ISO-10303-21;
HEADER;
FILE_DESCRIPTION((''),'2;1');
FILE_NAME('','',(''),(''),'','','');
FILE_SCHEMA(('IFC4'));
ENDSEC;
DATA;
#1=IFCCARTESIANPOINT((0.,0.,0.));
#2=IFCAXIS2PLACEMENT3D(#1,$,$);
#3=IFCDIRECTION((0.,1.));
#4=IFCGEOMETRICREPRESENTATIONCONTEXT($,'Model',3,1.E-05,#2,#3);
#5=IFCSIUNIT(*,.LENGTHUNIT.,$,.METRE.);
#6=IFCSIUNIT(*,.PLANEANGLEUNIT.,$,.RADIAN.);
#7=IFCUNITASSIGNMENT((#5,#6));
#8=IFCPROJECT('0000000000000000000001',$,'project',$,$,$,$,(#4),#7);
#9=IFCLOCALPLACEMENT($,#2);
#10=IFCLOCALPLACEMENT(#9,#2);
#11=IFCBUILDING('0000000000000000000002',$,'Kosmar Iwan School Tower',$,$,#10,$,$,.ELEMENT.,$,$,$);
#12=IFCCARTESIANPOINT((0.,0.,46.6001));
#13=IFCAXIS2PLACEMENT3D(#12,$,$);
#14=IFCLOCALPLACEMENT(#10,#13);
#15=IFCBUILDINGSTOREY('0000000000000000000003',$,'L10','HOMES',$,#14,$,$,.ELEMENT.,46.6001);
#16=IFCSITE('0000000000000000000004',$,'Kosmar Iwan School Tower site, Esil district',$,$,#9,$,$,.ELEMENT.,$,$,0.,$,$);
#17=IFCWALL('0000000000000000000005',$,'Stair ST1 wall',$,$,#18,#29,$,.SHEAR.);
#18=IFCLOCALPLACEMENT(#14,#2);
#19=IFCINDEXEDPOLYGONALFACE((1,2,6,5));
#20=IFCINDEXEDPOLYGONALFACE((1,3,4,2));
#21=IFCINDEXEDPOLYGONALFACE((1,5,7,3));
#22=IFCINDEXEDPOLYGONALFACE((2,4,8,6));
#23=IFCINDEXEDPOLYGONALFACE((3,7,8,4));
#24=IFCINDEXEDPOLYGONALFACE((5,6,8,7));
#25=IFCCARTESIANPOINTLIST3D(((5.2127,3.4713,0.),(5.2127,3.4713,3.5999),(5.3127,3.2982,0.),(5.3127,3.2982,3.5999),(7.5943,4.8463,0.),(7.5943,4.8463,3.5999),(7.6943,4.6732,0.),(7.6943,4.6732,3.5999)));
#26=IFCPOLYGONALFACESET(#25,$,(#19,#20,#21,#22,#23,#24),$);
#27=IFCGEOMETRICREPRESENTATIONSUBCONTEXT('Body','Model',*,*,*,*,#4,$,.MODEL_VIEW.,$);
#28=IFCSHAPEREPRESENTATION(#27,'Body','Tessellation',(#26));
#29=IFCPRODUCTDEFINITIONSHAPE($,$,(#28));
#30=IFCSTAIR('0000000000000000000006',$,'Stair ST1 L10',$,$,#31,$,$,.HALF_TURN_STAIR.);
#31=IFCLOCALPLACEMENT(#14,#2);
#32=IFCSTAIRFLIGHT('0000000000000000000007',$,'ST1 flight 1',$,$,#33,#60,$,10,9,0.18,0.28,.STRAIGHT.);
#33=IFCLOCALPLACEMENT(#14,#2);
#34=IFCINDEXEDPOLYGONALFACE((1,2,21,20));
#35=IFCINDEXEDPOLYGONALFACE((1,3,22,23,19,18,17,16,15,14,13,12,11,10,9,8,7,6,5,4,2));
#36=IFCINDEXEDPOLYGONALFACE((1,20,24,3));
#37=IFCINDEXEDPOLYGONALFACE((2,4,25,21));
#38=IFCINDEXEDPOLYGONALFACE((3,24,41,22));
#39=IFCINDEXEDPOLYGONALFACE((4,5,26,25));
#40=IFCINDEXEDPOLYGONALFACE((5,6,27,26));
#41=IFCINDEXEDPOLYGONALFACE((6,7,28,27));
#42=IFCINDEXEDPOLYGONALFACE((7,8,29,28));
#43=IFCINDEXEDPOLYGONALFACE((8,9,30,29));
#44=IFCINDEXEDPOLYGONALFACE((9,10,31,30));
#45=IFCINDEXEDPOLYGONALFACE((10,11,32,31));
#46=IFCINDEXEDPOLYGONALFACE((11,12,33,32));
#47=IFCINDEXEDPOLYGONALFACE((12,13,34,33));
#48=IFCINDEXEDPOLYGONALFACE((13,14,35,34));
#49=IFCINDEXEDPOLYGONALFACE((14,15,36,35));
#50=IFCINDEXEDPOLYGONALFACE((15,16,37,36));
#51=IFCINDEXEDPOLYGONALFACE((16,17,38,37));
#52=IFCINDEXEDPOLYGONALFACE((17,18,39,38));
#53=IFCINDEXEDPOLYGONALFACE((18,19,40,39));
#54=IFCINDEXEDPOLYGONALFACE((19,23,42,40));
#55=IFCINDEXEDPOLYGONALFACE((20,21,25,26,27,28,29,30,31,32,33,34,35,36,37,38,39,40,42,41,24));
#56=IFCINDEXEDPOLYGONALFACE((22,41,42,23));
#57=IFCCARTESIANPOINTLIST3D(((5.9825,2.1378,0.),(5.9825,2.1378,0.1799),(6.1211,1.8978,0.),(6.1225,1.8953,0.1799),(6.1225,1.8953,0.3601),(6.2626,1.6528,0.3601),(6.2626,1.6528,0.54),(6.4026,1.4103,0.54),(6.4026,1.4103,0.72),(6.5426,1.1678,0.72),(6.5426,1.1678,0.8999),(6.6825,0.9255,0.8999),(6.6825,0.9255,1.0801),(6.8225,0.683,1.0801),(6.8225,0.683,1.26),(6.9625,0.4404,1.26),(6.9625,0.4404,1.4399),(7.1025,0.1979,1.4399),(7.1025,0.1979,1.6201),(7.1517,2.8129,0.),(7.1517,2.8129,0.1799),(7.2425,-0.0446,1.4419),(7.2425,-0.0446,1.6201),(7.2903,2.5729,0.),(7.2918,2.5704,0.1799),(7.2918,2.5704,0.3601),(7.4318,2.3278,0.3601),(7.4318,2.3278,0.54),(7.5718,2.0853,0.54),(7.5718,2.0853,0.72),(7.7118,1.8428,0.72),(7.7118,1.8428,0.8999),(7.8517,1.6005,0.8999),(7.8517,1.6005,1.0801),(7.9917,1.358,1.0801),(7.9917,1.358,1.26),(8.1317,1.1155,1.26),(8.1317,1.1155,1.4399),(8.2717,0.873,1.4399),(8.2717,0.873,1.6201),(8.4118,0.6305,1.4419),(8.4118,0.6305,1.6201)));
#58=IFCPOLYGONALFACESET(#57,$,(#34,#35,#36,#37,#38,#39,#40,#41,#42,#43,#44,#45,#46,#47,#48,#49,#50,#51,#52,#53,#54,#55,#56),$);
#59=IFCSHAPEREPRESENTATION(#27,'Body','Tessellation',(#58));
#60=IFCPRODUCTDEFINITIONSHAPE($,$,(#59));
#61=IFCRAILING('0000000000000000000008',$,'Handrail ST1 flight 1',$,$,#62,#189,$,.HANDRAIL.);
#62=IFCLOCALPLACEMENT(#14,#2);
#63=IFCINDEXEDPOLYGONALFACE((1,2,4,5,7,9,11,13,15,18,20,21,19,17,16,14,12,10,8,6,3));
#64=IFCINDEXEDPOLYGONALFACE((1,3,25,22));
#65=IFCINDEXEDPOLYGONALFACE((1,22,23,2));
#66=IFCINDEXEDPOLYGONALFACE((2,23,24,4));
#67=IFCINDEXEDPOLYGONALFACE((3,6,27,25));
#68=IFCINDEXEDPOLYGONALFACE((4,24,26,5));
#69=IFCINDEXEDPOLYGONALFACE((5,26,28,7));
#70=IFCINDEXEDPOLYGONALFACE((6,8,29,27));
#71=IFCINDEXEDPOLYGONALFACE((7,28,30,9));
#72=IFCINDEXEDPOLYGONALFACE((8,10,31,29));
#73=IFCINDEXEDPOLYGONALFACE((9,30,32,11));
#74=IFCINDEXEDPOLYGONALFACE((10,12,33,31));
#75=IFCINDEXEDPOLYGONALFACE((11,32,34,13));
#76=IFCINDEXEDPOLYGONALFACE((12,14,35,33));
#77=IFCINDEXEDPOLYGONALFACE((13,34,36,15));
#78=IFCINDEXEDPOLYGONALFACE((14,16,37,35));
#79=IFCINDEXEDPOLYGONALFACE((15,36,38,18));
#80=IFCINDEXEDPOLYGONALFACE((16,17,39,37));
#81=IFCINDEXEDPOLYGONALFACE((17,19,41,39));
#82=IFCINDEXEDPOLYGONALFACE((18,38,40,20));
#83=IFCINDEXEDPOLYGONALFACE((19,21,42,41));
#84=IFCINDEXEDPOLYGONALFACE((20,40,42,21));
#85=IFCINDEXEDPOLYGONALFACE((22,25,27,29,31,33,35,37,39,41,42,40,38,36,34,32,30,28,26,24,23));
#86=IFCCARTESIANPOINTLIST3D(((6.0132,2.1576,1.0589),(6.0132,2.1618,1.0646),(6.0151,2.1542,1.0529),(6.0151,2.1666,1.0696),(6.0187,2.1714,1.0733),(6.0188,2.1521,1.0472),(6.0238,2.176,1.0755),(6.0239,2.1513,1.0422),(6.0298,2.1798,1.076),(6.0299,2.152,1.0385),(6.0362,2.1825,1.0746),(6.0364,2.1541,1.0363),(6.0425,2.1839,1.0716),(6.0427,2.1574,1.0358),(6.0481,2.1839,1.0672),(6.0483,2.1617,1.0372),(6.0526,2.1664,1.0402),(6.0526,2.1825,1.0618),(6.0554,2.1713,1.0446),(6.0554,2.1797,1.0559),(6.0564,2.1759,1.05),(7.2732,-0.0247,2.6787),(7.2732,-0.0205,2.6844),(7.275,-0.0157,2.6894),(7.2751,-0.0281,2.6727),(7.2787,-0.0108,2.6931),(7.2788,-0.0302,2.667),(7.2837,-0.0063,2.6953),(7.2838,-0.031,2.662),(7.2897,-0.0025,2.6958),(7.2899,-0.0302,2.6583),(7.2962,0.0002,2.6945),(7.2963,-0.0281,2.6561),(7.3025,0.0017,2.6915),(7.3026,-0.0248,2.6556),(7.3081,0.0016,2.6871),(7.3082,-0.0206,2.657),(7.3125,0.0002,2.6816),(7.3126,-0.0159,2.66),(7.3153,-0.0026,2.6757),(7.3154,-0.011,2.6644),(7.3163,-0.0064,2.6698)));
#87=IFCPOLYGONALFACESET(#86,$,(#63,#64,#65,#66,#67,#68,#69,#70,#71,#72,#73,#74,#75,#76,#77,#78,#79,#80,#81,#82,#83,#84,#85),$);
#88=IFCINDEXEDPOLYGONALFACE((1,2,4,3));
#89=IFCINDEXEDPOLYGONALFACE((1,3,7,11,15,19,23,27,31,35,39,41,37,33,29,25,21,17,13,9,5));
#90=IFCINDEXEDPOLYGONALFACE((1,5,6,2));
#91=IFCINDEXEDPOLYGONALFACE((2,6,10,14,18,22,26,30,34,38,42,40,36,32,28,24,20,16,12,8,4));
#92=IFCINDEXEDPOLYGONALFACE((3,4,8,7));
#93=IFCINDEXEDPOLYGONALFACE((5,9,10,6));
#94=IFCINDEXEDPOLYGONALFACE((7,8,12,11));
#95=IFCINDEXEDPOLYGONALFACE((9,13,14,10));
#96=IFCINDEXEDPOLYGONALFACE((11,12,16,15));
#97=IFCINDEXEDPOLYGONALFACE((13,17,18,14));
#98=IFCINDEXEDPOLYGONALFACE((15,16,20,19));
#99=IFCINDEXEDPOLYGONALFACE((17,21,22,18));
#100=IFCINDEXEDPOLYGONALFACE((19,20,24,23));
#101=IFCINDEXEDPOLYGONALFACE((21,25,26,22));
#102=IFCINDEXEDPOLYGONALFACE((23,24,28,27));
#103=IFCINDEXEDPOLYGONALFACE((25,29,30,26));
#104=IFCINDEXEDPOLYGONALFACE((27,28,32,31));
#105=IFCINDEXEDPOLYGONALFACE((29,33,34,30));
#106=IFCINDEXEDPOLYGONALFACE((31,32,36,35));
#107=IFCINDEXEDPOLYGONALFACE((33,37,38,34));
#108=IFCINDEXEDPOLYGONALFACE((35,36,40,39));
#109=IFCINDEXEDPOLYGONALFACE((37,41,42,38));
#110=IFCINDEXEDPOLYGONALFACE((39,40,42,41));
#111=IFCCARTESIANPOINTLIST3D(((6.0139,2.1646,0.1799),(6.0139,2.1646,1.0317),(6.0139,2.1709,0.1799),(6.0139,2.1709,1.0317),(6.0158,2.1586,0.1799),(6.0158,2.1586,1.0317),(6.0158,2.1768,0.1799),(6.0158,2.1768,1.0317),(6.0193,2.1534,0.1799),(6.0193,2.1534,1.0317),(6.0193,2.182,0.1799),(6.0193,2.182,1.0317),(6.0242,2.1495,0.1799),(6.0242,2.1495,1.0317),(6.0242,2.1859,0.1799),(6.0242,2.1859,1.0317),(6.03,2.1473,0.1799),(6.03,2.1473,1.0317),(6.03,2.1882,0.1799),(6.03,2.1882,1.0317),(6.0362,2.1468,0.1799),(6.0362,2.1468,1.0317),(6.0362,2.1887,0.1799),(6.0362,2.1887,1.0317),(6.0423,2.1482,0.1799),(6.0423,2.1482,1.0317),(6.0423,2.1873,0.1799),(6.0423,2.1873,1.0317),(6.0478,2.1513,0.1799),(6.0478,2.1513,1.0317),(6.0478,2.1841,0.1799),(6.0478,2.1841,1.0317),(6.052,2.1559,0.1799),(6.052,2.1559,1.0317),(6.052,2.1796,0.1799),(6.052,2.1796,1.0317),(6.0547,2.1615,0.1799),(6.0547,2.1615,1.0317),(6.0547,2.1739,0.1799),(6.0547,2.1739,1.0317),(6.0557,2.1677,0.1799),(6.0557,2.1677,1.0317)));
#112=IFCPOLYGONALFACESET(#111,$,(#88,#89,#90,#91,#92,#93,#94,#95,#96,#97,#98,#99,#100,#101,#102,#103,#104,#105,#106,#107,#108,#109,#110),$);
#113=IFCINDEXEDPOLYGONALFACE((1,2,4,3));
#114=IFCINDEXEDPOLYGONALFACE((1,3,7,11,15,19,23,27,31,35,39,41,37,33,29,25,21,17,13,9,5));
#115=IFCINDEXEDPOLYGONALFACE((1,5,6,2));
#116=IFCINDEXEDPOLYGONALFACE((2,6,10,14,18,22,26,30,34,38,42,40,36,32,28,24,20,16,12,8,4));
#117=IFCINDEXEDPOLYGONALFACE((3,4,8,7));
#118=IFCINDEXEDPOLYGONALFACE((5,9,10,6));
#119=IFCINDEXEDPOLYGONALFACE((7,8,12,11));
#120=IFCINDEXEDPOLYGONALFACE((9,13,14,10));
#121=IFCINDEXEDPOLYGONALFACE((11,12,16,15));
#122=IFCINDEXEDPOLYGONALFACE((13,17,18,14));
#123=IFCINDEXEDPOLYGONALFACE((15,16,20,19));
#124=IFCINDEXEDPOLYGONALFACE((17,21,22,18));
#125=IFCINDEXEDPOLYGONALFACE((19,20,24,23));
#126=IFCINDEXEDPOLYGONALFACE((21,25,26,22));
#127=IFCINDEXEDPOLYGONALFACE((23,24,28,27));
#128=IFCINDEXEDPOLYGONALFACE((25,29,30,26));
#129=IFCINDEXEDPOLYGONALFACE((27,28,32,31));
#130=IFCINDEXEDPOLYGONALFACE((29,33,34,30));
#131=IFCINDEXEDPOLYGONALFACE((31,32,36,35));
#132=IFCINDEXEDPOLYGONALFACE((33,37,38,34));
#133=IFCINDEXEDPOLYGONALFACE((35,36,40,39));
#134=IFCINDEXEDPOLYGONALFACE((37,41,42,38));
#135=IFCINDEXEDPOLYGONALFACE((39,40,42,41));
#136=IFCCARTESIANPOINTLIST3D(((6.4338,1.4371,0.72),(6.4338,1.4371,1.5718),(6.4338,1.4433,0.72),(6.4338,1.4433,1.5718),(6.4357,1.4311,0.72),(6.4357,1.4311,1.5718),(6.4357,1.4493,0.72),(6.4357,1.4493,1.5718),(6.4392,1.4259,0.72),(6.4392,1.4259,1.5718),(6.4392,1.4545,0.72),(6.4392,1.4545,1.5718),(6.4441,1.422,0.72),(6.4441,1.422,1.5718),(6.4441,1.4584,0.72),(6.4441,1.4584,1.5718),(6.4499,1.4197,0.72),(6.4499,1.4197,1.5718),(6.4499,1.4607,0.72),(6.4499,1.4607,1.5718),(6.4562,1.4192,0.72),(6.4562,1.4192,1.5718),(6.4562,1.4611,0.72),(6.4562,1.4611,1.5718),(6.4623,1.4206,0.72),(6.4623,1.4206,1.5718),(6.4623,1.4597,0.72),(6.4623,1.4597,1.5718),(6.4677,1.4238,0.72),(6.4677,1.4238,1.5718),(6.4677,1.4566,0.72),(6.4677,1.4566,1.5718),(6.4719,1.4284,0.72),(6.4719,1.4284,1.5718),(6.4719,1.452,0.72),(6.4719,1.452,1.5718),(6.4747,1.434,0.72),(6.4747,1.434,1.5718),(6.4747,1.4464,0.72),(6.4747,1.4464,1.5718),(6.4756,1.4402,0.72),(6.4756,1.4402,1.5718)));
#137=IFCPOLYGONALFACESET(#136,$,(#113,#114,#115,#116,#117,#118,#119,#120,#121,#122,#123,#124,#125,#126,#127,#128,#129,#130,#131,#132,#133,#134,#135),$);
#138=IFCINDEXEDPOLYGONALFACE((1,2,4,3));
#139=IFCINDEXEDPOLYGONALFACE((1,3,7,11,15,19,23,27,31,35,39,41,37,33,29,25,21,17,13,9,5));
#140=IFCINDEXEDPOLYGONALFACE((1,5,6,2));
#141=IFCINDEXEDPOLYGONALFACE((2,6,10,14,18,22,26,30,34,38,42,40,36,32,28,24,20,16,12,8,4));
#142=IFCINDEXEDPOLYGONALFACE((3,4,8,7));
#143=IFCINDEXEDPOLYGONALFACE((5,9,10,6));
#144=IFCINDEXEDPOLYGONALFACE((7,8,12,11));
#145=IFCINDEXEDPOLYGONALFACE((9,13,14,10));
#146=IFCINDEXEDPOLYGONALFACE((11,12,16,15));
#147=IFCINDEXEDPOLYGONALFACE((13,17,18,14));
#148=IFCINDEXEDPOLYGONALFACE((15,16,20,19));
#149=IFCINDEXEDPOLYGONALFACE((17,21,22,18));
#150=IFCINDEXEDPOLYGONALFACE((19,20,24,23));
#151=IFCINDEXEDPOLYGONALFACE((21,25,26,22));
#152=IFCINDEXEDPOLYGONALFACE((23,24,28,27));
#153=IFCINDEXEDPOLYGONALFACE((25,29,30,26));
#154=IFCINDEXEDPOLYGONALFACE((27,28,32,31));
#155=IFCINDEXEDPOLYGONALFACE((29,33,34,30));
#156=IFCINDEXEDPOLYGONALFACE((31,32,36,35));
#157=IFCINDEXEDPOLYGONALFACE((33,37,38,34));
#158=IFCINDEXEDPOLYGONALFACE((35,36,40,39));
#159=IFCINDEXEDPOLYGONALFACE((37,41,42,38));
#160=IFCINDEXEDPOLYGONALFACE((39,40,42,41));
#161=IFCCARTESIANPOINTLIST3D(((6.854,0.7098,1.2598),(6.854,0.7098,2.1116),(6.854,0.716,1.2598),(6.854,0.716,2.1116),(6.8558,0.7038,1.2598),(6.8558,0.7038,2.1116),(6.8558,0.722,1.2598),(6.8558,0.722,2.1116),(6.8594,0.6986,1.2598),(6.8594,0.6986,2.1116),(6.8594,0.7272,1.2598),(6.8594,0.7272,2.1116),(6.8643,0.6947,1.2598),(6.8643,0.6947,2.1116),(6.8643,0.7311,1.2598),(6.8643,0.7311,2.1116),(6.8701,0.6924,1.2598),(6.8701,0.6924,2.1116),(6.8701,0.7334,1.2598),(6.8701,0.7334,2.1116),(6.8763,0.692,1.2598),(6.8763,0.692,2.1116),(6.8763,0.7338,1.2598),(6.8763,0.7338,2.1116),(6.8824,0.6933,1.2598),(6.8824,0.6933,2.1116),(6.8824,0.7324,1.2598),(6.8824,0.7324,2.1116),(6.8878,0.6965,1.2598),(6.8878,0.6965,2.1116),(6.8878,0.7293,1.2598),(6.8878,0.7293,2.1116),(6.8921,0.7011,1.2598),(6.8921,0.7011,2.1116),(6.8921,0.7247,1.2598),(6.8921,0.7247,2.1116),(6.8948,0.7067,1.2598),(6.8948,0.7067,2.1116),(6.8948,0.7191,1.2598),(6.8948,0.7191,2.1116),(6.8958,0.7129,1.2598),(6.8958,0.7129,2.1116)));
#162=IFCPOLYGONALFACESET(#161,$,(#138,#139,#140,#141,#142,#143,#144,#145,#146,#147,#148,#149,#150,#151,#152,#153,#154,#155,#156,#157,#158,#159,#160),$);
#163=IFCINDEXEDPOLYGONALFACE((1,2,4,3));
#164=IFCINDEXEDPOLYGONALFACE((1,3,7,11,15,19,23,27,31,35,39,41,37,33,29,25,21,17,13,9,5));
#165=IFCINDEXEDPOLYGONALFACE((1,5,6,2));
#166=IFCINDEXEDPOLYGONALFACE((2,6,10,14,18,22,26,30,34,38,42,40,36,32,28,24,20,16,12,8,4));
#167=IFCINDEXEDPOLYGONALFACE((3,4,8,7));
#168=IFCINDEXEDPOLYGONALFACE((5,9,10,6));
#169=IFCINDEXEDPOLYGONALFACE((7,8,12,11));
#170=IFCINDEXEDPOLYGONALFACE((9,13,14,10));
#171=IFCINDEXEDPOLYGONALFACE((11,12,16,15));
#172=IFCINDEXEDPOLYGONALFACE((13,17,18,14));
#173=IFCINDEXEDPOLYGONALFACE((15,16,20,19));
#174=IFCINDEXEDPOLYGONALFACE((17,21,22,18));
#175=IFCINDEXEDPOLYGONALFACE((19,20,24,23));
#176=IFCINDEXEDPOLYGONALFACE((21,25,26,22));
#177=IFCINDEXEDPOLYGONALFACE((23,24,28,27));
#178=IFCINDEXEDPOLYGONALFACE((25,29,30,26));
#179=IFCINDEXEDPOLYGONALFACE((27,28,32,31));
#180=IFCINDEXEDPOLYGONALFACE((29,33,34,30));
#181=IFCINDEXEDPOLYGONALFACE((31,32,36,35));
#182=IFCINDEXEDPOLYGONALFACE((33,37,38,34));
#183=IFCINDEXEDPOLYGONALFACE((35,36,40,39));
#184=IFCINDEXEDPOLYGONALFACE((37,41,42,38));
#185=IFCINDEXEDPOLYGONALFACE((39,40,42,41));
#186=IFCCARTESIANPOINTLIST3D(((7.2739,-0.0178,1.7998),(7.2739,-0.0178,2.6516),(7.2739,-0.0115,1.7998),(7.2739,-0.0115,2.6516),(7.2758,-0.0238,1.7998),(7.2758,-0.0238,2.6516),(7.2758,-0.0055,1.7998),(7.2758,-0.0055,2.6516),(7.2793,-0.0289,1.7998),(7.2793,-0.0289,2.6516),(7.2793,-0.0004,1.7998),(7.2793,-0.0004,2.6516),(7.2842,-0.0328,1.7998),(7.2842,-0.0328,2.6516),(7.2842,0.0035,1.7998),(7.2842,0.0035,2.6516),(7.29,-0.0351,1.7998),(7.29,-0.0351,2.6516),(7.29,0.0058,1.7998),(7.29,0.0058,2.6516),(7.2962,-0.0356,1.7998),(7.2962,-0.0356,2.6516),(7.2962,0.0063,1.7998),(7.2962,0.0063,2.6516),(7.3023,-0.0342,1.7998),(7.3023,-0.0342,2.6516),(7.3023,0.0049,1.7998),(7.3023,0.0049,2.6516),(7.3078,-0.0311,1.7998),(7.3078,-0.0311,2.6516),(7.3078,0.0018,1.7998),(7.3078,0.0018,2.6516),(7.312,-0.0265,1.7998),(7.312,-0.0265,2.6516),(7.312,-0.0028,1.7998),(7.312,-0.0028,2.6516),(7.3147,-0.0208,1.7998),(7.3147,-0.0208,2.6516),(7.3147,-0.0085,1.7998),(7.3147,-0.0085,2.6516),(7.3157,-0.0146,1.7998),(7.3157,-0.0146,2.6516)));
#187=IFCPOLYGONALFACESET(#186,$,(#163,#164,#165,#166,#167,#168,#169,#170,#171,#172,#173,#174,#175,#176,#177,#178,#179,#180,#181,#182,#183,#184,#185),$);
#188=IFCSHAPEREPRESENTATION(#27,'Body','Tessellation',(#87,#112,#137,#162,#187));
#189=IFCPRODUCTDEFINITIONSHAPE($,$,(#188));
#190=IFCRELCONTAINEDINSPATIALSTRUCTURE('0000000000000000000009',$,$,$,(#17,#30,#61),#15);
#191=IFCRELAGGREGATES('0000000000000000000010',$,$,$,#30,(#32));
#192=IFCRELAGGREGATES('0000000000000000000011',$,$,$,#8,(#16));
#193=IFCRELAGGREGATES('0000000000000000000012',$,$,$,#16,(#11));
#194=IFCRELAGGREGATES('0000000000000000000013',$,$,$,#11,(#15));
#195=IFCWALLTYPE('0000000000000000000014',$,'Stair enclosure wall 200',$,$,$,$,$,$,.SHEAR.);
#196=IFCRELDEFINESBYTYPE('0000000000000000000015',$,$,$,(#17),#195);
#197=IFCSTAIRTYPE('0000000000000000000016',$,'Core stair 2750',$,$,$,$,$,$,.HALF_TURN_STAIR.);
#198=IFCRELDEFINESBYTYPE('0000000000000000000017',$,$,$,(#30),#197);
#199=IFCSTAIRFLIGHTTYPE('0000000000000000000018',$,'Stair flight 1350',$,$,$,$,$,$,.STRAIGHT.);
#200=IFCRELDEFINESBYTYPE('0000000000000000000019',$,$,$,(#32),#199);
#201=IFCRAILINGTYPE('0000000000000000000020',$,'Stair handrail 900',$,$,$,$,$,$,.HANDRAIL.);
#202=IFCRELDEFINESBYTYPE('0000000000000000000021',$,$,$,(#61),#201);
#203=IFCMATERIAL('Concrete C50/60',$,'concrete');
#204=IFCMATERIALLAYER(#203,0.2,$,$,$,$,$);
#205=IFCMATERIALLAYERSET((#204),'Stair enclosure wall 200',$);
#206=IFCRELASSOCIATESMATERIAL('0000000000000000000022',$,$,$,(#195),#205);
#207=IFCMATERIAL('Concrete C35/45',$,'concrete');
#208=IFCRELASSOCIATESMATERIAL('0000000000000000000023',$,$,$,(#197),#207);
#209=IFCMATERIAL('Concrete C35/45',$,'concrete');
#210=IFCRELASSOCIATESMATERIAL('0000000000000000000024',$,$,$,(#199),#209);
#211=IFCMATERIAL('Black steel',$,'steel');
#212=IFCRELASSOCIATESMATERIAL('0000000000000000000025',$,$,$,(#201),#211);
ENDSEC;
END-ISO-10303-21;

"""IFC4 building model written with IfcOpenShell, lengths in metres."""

from ifc_helpers import new_model, si_unit, direction, frame, frame_2d, origin, origin_2d, place, context, subcontext, project, spatial, polyline, rectangle, circle, outline, extrude, material, layer, layer_set, type_object, element, aggregate, save


model = new_model("IFC4")

# Units and contexts
model_context = context("Model", 3, precision=1e-05, world=origin(), true_north=direction((0.0, 1.0)))
body_context = subcontext(model_context, "Body", "Model", "MODEL_VIEW")
ifc_project = project(units=[si_unit("LENGTHUNIT", "METRE"), si_unit("PLANEANGLEUNIT", "RADIAN")], contexts=[model_context])

# Site, building, storey
site_placement = place(None, origin())
site = spatial("IfcSite", under=ifc_project, at=site_placement, Name="Kosmar Iwan School Tower site, Esil district", CompositionType="ELEMENT", RefElevation=0.0)
building_placement = place(site_placement, origin())
building = spatial("IfcBuilding", under=site, at=building_placement, Name="Kosmar Iwan School Tower", CompositionType="ELEMENT")
storey_placement = place(building_placement, frame((0.0, 0.0, 46.6001)))
storey = spatial("IfcBuildingStorey", under=building, at=storey_placement, Name="L10", Description="HOMES", CompositionType="ELEMENT", Elevation=46.6001)

# Wall
ifc_material_1 = material(Name="Concrete C50/60", Category="concrete")
ifc_layer_1 = layer(ifc_material_1, 0.2)
ifc_layer_set_1 = layer_set([ifc_layer_1], Name="Stair enclosure wall 200")
wall_type_1 = type_object("IfcWallType", Name="Stair enclosure wall 200", PredefinedType="SHEAR", material=ifc_layer_set_1)
wall_1_placement = place(storey_placement, frame((5.2627, 3.3848, 0.0), z_axis=(0.0, 0.0, 1.0), x_axis=(0.866027, 0.499997, 0.0)))
element("IfcWall", 1, at=wall_1_placement, inside=storey, type_object=wall_type_1, Name="Stair ST1 wall", PredefinedType="SHEAR", context=body_context, shape_type="SweptSolid", body=[
    extrude(rectangle(XDim=2.75, YDim=0.2, at=frame_2d((1.375, 0.0))), origin(), (0.0, 0.0, 1.0), 3.5999),
])

# Stair, stair flight
ifc_material_2 = material(Name="Concrete C35/45", Category="concrete")
stair_type_1 = type_object("IfcStairType", Name="Core stair 2750", PredefinedType="HALF_TURN_STAIR", material=ifc_material_2)
stair_1_placement = place(storey_placement, origin())
stair_1 = element("IfcStair", 2, at=stair_1_placement, inside=storey, type_object=stair_type_1, Name="Stair ST1 L10", PredefinedType="HALF_TURN_STAIR")
ifc_material_3 = material(Name="Concrete C35/45", Category="concrete")
stair_flight_type = type_object("IfcStairFlightType", Name="Stair flight 1350", PredefinedType="STRAIGHT", material=ifc_material_3)
stair_flight_placement = place(storey_placement, frame((6.5671, 2.4753, 0.0), z_axis=(0.0, 0.0, 1.0), x_axis=(0.5, -0.866025, 0.0)))
stair_flight = element("IfcStairFlight", 3, at=stair_flight_placement, type_object=stair_flight_type, Name="ST1 flight 1", NumberOfRisers=10, NumberOfTreads=9, PredefinedType="STRAIGHT", RiserHeight=0.18, TreadLength=0.28, context=body_context, shape_type="SweptSolid", body=[
    extrude(outline(polyline([(0.0, 0.0), (0.0, 0.1799), (0.28, 0.1799), (0.28, 0.3601), (0.5601, 0.3601), (0.5601, 0.54), (0.8401, 0.54), (0.8401, 0.72), (1.1201, 0.72), (1.1201, 0.8999), (1.3999, 0.8999), (1.3999, 1.0801), (1.6799, 1.0801), (1.6799, 1.26), (1.96, 1.26), (1.96, 1.4399), (2.24, 1.4399), (2.24, 1.6201), (2.52, 1.6201), (2.52, 1.8), (2.52, 1.4419), (0.2771, 0.0), (0.0, 0.0)])), frame((0.0, 0.675, 0.0), z_axis=(0.0, -1.0, 0.0), x_axis=(1.0, 0.0, 0.0)), (0.0, 0.0, 1.0), 1.3501),
])
aggregate(stair_1, [stair_flight])

# Railing
ifc_material_4 = material(Name="Black steel", Category="steel")
railing_type = type_object("IfcRailingType", Name="Stair handrail 900", PredefinedType="HANDRAIL", material=ifc_material_4)
railing_placement = place(storey_placement, frame((6.0347, 2.1677, 0.1799)))
element("IfcRailing", 4, at=railing_placement, inside=storey, type_object=railing_type, Name="Handrail ST1 flight 1", PredefinedType="HANDRAIL", context=body_context, shape_type="SweptSolid", body=[
    extrude(circle(Radius=0.0239, at=origin_2d()), frame((0.0, 0.0, 0.876), z_axis=(0.420603, -0.728496, 0.540728), x_axis=(0.866023, 0.500005, 0.0)), (0.0, 0.0, 1.0), 2.9956),
    extrude(circle(Radius=0.021, at=origin_2d()), origin(), (0.0, 0.0, 1.0), 0.8518),
    extrude(circle(Radius=0.021, at=origin_2d()), frame((0.4199, -0.7275, 0.54)), (0.0, 0.0, 1.0), 0.8518),
    extrude(circle(Radius=0.021, at=origin_2d()), frame((0.8401, -1.4548, 1.0798)), (0.0, 0.0, 1.0), 0.8518),
    extrude(circle(Radius=0.021, at=origin_2d()), frame((1.26, -2.1824, 1.6199)), (0.0, 0.0, 1.0), 0.8518),
])

save(model, "model.ifc")
